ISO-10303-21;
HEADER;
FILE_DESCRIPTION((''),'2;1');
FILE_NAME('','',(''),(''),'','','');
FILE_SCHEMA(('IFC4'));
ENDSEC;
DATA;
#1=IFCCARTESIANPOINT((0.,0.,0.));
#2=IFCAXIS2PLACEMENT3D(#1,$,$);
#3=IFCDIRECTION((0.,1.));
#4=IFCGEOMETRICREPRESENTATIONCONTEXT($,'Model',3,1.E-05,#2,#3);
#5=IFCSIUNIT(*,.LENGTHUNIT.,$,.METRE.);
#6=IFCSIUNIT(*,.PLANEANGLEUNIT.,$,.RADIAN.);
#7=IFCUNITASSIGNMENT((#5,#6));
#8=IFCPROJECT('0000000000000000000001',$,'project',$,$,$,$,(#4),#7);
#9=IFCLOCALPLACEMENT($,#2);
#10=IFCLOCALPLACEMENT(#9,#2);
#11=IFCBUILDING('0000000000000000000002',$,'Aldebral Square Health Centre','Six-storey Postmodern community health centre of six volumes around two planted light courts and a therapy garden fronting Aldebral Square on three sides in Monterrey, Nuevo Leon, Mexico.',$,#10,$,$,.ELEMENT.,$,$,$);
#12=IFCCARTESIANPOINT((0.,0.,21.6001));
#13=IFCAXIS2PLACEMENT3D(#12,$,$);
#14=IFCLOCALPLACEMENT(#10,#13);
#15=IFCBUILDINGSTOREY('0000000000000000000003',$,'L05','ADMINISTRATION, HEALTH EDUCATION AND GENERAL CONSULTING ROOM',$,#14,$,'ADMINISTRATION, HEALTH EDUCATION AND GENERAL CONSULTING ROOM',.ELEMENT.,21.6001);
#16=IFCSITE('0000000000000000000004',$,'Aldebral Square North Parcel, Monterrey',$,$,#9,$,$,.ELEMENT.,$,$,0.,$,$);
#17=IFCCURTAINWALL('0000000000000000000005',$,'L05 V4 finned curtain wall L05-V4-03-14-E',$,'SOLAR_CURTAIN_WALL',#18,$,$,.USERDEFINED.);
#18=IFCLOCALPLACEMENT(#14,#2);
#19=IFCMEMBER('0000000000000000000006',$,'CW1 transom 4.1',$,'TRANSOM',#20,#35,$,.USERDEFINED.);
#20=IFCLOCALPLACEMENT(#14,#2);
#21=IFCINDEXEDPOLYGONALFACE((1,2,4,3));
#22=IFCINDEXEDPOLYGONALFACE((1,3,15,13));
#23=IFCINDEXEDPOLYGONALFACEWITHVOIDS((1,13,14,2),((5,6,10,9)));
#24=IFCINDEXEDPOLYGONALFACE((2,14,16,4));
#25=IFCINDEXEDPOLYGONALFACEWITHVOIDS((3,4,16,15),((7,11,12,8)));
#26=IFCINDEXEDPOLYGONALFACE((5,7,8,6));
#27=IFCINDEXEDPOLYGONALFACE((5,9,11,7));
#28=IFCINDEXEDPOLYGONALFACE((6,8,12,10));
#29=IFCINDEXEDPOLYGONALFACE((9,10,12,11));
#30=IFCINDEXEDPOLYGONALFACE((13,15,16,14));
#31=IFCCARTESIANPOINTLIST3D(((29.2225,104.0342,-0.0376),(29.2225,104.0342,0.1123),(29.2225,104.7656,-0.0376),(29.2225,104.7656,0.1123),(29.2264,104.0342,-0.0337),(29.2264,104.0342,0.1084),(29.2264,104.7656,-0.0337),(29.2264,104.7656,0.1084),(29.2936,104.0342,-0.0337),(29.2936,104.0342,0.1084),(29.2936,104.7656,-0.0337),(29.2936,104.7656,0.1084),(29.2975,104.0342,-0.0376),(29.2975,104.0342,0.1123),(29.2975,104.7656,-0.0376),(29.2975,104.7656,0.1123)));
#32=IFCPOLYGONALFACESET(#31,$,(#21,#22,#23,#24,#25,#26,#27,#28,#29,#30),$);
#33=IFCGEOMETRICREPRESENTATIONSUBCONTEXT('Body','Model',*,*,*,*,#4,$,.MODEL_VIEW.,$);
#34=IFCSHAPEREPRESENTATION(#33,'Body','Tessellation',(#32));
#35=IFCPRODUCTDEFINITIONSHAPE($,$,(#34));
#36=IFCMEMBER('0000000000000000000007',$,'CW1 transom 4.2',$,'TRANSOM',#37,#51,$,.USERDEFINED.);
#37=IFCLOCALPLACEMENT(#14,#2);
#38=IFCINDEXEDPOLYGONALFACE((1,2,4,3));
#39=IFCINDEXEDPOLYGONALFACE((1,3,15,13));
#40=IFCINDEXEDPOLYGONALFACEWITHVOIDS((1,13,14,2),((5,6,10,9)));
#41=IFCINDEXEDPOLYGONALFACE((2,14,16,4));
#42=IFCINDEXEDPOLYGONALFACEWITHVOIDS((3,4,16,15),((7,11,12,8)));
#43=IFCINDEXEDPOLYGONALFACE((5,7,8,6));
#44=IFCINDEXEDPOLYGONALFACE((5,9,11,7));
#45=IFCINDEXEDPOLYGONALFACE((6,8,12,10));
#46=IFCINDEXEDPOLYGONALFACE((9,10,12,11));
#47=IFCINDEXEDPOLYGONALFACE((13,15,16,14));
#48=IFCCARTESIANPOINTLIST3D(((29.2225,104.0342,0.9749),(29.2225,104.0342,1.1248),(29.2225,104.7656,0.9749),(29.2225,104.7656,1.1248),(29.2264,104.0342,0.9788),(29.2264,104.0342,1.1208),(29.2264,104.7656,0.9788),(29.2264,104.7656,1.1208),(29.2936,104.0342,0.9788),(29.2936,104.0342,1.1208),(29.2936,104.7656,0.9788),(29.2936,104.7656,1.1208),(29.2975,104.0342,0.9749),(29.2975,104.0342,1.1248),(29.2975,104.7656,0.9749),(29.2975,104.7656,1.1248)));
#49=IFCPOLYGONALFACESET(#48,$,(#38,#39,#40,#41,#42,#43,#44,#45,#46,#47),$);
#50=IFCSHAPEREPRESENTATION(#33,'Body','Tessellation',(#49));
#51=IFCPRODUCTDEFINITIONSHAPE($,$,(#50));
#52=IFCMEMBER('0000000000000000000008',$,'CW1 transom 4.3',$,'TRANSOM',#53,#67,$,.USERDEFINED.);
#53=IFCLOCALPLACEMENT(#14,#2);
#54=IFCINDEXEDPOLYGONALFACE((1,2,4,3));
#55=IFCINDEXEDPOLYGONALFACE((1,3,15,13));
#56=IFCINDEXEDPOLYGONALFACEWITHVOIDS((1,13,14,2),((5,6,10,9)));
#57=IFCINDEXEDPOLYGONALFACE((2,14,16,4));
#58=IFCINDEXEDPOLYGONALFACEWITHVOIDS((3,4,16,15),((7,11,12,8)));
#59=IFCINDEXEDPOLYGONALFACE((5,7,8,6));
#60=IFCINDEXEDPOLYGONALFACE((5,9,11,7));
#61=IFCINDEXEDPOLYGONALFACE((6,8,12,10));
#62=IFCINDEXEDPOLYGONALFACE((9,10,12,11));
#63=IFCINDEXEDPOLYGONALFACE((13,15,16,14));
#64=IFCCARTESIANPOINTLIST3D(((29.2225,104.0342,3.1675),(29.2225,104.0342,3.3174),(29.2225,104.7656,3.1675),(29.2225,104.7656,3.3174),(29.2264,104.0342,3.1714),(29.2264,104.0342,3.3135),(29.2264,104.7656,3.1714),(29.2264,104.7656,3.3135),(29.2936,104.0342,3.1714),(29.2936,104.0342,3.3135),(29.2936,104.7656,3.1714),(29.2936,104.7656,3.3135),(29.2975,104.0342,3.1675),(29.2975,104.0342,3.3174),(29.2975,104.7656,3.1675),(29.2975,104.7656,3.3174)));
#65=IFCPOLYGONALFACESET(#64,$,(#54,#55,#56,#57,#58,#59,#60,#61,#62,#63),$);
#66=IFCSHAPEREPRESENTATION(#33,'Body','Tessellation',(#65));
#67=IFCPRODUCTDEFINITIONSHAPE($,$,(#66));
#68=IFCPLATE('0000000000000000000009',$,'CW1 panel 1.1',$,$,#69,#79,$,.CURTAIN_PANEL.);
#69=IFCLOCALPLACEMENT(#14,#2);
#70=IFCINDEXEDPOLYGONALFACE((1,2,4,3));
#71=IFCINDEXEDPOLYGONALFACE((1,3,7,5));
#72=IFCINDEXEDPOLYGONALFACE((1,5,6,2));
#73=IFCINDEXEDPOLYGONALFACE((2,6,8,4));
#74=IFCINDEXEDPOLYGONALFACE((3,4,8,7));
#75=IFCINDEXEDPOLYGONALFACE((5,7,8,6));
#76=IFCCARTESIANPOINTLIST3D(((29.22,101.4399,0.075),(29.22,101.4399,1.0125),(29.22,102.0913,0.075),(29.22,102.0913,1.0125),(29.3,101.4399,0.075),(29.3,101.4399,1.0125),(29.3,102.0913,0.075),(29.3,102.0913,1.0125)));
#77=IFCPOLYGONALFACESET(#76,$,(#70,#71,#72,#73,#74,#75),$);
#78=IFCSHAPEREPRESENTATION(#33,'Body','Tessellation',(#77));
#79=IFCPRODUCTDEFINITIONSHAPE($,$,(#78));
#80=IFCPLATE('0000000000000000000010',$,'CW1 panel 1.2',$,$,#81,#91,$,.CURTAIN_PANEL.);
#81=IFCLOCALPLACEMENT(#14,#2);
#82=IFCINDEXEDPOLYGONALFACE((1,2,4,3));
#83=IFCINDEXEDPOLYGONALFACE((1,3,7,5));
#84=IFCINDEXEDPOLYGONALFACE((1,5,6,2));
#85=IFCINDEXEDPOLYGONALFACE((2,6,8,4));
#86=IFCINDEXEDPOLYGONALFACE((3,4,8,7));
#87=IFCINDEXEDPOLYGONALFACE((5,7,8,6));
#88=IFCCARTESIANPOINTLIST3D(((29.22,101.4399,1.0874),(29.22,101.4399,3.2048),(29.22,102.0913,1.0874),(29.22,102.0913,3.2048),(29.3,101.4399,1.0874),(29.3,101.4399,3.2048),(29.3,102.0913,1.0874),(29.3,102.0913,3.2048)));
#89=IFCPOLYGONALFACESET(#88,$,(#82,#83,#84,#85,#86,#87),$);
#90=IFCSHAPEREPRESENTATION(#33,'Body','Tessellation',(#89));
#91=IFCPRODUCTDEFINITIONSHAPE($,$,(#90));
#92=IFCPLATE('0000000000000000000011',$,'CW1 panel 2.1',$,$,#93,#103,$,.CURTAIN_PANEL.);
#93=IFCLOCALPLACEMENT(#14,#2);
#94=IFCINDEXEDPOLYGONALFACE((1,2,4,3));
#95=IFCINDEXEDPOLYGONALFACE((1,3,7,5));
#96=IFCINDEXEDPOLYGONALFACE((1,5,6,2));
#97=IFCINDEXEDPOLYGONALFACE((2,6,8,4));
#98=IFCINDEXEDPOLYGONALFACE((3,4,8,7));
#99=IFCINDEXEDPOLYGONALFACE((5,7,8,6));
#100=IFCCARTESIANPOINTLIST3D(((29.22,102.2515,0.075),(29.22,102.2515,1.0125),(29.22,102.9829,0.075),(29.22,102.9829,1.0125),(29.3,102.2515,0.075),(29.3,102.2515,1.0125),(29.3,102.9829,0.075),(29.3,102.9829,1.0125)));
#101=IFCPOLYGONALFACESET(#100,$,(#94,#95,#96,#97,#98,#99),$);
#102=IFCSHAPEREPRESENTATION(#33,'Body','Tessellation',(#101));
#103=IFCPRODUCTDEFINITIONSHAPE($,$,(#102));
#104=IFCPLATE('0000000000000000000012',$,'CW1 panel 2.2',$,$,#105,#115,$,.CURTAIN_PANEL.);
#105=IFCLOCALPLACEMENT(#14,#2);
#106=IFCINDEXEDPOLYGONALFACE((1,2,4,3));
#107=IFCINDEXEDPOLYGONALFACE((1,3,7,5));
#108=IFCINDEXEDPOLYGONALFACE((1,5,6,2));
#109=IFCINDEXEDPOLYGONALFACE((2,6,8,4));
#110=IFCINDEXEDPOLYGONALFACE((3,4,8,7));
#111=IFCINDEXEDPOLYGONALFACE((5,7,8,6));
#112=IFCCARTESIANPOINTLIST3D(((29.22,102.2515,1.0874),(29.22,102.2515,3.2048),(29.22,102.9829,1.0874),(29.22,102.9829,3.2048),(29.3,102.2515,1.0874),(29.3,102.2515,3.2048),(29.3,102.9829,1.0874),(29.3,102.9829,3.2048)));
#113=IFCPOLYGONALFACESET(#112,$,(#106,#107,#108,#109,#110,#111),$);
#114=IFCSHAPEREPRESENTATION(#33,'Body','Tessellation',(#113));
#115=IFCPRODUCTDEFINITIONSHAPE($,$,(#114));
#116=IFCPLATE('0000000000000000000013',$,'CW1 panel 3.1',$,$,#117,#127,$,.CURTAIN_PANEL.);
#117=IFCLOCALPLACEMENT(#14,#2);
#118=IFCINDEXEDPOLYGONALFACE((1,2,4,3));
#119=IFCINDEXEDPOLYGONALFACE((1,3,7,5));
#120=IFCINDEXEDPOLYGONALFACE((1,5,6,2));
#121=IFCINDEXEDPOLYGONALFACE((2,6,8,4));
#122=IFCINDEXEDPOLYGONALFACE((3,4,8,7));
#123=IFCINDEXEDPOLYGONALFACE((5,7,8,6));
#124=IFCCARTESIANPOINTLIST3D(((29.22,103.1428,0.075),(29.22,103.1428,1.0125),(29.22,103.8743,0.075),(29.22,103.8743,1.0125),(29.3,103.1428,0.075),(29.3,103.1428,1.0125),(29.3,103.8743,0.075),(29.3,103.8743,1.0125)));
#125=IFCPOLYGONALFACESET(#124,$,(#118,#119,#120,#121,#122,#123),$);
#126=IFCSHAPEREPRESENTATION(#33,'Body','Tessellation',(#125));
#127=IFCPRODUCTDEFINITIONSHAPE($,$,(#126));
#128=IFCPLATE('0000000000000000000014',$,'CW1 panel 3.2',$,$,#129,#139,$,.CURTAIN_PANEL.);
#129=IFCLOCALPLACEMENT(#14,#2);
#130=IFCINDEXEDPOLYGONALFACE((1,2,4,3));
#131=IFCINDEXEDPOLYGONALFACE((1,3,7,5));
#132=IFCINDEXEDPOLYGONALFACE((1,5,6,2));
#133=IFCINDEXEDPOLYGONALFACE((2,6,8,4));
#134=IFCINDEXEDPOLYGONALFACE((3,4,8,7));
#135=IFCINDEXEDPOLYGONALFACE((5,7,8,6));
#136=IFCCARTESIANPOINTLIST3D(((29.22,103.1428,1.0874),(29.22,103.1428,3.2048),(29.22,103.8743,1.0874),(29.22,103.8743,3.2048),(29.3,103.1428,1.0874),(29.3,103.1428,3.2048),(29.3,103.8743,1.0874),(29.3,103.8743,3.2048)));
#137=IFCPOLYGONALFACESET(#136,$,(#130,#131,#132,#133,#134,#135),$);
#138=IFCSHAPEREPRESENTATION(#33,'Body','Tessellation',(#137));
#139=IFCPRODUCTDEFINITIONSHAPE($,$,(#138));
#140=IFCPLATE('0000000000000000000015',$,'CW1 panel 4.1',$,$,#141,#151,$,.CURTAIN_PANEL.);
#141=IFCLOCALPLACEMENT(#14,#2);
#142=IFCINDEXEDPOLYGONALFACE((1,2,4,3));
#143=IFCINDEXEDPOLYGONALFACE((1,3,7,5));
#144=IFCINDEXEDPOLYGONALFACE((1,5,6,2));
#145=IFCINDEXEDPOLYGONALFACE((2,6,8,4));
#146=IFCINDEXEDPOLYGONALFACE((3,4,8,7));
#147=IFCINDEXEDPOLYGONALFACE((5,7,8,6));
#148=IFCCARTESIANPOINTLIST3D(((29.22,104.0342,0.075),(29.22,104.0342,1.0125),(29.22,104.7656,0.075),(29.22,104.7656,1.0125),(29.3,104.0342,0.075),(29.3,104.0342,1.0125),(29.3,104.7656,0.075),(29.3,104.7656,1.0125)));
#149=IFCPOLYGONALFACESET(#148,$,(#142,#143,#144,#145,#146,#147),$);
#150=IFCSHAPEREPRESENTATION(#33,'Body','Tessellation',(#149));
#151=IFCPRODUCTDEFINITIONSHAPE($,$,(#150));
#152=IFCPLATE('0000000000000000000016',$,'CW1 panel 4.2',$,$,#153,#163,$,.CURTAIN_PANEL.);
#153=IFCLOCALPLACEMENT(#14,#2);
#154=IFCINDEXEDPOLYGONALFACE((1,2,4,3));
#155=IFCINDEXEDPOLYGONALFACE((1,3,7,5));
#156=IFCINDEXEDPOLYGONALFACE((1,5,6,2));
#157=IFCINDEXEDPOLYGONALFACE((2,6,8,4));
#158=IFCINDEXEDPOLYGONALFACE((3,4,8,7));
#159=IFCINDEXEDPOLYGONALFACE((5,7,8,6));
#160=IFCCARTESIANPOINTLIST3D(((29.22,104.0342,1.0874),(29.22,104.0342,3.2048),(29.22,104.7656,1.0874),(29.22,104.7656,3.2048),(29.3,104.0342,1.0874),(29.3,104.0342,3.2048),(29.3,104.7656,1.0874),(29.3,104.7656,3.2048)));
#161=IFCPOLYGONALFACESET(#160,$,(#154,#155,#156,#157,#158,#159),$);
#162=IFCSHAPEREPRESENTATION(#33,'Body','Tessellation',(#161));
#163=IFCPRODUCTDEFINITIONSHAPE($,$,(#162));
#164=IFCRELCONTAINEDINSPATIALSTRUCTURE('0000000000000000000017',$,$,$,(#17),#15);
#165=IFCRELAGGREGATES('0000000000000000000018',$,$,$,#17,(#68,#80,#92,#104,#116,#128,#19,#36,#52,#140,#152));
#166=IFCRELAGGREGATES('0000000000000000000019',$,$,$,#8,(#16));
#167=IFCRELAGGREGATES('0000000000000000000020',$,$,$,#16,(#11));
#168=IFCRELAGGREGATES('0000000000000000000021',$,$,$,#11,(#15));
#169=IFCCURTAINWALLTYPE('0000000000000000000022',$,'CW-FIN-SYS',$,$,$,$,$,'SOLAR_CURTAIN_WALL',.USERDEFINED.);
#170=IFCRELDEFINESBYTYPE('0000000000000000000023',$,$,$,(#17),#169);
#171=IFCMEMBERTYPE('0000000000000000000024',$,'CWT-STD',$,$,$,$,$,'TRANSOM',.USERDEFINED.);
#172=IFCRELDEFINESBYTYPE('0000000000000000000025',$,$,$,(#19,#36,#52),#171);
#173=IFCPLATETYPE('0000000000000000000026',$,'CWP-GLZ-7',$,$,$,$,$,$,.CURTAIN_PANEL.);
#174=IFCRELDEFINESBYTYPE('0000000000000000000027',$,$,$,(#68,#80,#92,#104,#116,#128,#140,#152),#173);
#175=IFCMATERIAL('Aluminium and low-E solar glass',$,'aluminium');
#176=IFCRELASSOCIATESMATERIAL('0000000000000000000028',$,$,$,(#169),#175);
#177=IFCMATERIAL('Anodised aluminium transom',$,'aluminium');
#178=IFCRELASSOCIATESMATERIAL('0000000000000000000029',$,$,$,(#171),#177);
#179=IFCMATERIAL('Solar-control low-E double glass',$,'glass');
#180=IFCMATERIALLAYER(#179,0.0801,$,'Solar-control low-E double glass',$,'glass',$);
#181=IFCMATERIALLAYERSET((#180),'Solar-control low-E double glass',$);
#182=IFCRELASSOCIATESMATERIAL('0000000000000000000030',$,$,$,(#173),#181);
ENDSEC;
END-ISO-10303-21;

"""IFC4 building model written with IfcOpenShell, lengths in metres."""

from ifc_helpers import new_model, si_unit, direction, frame, origin, origin_2d, place, context, subcontext, project, spatial, rectangle, hollow_rectangle, extrude, material, layer, layer_set, material_profile, profile_set, type_object, element, aggregate, save


model = new_model("IFC4")

# Units and contexts
model_context = context("Model", 3, precision=1e-05, world=origin(), true_north=direction((0.0, 1.0)))
body_context = subcontext(model_context, "Body", "Model", "MODEL_VIEW")
ifc_project = project(units=[si_unit("LENGTHUNIT", "METRE"), si_unit("PLANEANGLEUNIT", "RADIAN")], contexts=[model_context])

# Site, building, storey
site_placement = place(None, origin())
site = spatial("IfcSite", under=ifc_project, at=site_placement, Name="Aldebral Square North Parcel, Monterrey", CompositionType="ELEMENT", RefElevation=0.0)
building_placement = place(site_placement, origin())
building = spatial("IfcBuilding", under=site, at=building_placement, Name="Aldebral Square Health Centre", Description="Six-storey Postmodern community health centre of six volumes around two planted light courts and a therapy garden fronting Aldebral Square on three sides in Monterrey, Nuevo Leon, Mexico.", CompositionType="ELEMENT")
storey_placement = place(building_placement, frame((0.0, 0.0, 21.6001)))
storey = spatial("IfcBuildingStorey", under=building, at=storey_placement, Name="L05", Description="ADMINISTRATION, HEALTH EDUCATION AND GENERAL CONSULTING ROOM", LongName="ADMINISTRATION, HEALTH EDUCATION AND GENERAL CONSULTING ROOM", CompositionType="ELEMENT", Elevation=21.6001)

# Curtain wall, members, plates
ifc_material_1 = material(Name="Aluminium and low-E solar glass", Category="aluminium")
curtain_wall_type = type_object("IfcCurtainWallType", Name="CW-FIN-SYS", ElementType="SOLAR_CURTAIN_WALL", PredefinedType="USERDEFINED", material=ifc_material_1)
curtain_wall_placement = place(storey_placement, origin())
curtain_wall = element("IfcCurtainWall", 1, at=curtain_wall_placement, inside=storey, type_object=curtain_wall_type, Name="L05 V4 finned curtain wall L05-V4-03-14-E", ObjectType="SOLAR_CURTAIN_WALL", PredefinedType="USERDEFINED")
ifc_material_2 = material(Name="Anodised aluminium transom", Category="aluminium")
ifc_material_profile_1 = material_profile(ifc_material_2, hollow_rectangle(XDim=0.075, YDim=0.1499, WallThickness=0.0039, at=origin_2d()), Name="CWT 75x150x4")
ifc_profile_set_1 = profile_set([ifc_material_profile_1], Name="Anodised aluminium transom")
member_type_1 = type_object("IfcMemberType", Name="CWT-STD", ElementType="TRANSOM", PredefinedType="USERDEFINED", material=ifc_profile_set_1)
member_1_placement = place(storey_placement, frame((29.26, 104.0342, 0.0374), z_axis=(0.0, 1.0, 0.0), x_axis=(-1.0, 0.0, 0.0)))
member_1 = element("IfcMember", 2, at=member_1_placement, type_object=member_type_1, Name="CW1 transom 4.1", ObjectType="TRANSOM", PredefinedType="USERDEFINED", context=body_context, shape_type="SweptSolid", body=[
    extrude(hollow_rectangle(XDim=0.075, YDim=0.1499, WallThickness=0.0039, at=origin_2d()), origin(), (0.0, 0.0, 1.0), 0.7314),
])
member_2_placement = place(storey_placement, frame((29.26, 104.0342, 1.0498), z_axis=(0.0, 1.0, 0.0), x_axis=(-1.0, 0.0, 0.0)))
member_2 = element("IfcMember", 3, at=member_2_placement, type_object=member_type_1, Name="CW1 transom 4.2", ObjectType="TRANSOM", PredefinedType="USERDEFINED", context=body_context, shape_type="SweptSolid", body=[
    extrude(hollow_rectangle(XDim=0.075, YDim=0.1499, WallThickness=0.0039, at=origin_2d()), origin(), (0.0, 0.0, 1.0), 0.7314),
])
member_3_placement = place(storey_placement, frame((29.26, 104.0342, 3.2424), z_axis=(0.0, 1.0, 0.0), x_axis=(-1.0, 0.0, 0.0)))
member_3 = element("IfcMember", 4, at=member_3_placement, type_object=member_type_1, Name="CW1 transom 4.3", ObjectType="TRANSOM", PredefinedType="USERDEFINED", context=body_context, shape_type="SweptSolid", body=[
    extrude(hollow_rectangle(XDim=0.075, YDim=0.1499, WallThickness=0.0039, at=origin_2d()), origin(), (0.0, 0.0, 1.0), 0.7314),
])
ifc_material_3 = material(Name="Solar-control low-E double glass", Category="glass")
ifc_layer = layer(ifc_material_3, 0.0801, Name="Solar-control low-E double glass", Category="glass")
ifc_layer_set = layer_set([ifc_layer], Name="Solar-control low-E double glass")
plate_type = type_object("IfcPlateType", Name="CWP-GLZ-7", PredefinedType="CURTAIN_PANEL", material=ifc_layer_set)
plate_1_placement = place(storey_placement, frame((29.26, 101.7656, 0.075), z_axis=(0.0, 0.0, 1.0), x_axis=(0.0, 1.0, 0.0)))
plate_1 = element("IfcPlate", 5, at=plate_1_placement, type_object=plate_type, Name="CW1 panel 1.1", PredefinedType="CURTAIN_PANEL", context=body_context, shape_type="SweptSolid", body=[
    extrude(rectangle(XDim=0.6514, YDim=0.0801, at=origin_2d()), origin(), (0.0, 0.0, 1.0), 0.9375),
])
plate_2_placement = place(storey_placement, frame((29.26, 101.7656, 1.0874), z_axis=(0.0, 0.0, 1.0), x_axis=(0.0, 1.0, 0.0)))
plate_2 = element("IfcPlate", 6, at=plate_2_placement, type_object=plate_type, Name="CW1 panel 1.2", PredefinedType="CURTAIN_PANEL", context=body_context, shape_type="SweptSolid", body=[
    extrude(rectangle(XDim=0.6514, YDim=0.0801, at=origin_2d()), origin(), (0.0, 0.0, 1.0), 2.1174),
])
plate_3_placement = place(storey_placement, frame((29.26, 102.6172, 0.075), z_axis=(0.0, 0.0, 1.0), x_axis=(0.0, 1.0, 0.0)))
plate_3 = element("IfcPlate", 7, at=plate_3_placement, type_object=plate_type, Name="CW1 panel 2.1", PredefinedType="CURTAIN_PANEL", context=body_context, shape_type="SweptSolid", body=[
    extrude(rectangle(XDim=0.7314, YDim=0.0801, at=origin_2d()), origin(), (0.0, 0.0, 1.0), 0.9375),
])
plate_4_placement = place(storey_placement, frame((29.26, 102.6172, 1.0874), z_axis=(0.0, 0.0, 1.0), x_axis=(0.0, 1.0, 0.0)))
plate_4 = element("IfcPlate", 8, at=plate_4_placement, type_object=plate_type, Name="CW1 panel 2.2", PredefinedType="CURTAIN_PANEL", context=body_context, shape_type="SweptSolid", body=[
    extrude(rectangle(XDim=0.7314, YDim=0.0801, at=origin_2d()), origin(), (0.0, 0.0, 1.0), 2.1174),
])
plate_5_placement = place(storey_placement, frame((29.26, 103.5085, 0.075), z_axis=(0.0, 0.0, 1.0), x_axis=(0.0, 1.0, 0.0)))
plate_5 = element("IfcPlate", 9, at=plate_5_placement, type_object=plate_type, Name="CW1 panel 3.1", PredefinedType="CURTAIN_PANEL", context=body_context, shape_type="SweptSolid", body=[
    extrude(rectangle(XDim=0.7314, YDim=0.0801, at=origin_2d()), origin(), (0.0, 0.0, 1.0), 0.9375),
])
plate_6_placement = place(storey_placement, frame((29.26, 103.5085, 1.0874), z_axis=(0.0, 0.0, 1.0), x_axis=(0.0, 1.0, 0.0)))
plate_6 = element("IfcPlate", 10, at=plate_6_placement, type_object=plate_type, Name="CW1 panel 3.2", PredefinedType="CURTAIN_PANEL", context=body_context, shape_type="SweptSolid", body=[
    extrude(rectangle(XDim=0.7314, YDim=0.0801, at=origin_2d()), origin(), (0.0, 0.0, 1.0), 2.1174),
])
plate_7_placement = place(storey_placement, frame((29.26, 104.3999, 0.075), z_axis=(0.0, 0.0, 1.0), x_axis=(0.0, 1.0, 0.0)))
plate_7 = element("IfcPlate", 11, at=plate_7_placement, type_object=plate_type, Name="CW1 panel 4.1", PredefinedType="CURTAIN_PANEL", context=body_context, shape_type="SweptSolid", body=[
    extrude(rectangle(XDim=0.7314, YDim=0.0801, at=origin_2d()), origin(), (0.0, 0.0, 1.0), 0.9375),
])
plate_8_placement = place(storey_placement, frame((29.26, 104.3999, 1.0874), z_axis=(0.0, 0.0, 1.0), x_axis=(0.0, 1.0, 0.0)))
plate_8 = element("IfcPlate", 12, at=plate_8_placement, type_object=plate_type, Name="CW1 panel 4.2", PredefinedType="CURTAIN_PANEL", context=body_context, shape_type="SweptSolid", body=[
    extrude(rectangle(XDim=0.7314, YDim=0.0801, at=origin_2d()), origin(), (0.0, 0.0, 1.0), 2.1174),
])
aggregate(curtain_wall, [plate_1, plate_2, plate_3, plate_4, plate_5, plate_6, member_1, member_2, member_3, plate_7, plate_8])

save(model, "model.ifc")
